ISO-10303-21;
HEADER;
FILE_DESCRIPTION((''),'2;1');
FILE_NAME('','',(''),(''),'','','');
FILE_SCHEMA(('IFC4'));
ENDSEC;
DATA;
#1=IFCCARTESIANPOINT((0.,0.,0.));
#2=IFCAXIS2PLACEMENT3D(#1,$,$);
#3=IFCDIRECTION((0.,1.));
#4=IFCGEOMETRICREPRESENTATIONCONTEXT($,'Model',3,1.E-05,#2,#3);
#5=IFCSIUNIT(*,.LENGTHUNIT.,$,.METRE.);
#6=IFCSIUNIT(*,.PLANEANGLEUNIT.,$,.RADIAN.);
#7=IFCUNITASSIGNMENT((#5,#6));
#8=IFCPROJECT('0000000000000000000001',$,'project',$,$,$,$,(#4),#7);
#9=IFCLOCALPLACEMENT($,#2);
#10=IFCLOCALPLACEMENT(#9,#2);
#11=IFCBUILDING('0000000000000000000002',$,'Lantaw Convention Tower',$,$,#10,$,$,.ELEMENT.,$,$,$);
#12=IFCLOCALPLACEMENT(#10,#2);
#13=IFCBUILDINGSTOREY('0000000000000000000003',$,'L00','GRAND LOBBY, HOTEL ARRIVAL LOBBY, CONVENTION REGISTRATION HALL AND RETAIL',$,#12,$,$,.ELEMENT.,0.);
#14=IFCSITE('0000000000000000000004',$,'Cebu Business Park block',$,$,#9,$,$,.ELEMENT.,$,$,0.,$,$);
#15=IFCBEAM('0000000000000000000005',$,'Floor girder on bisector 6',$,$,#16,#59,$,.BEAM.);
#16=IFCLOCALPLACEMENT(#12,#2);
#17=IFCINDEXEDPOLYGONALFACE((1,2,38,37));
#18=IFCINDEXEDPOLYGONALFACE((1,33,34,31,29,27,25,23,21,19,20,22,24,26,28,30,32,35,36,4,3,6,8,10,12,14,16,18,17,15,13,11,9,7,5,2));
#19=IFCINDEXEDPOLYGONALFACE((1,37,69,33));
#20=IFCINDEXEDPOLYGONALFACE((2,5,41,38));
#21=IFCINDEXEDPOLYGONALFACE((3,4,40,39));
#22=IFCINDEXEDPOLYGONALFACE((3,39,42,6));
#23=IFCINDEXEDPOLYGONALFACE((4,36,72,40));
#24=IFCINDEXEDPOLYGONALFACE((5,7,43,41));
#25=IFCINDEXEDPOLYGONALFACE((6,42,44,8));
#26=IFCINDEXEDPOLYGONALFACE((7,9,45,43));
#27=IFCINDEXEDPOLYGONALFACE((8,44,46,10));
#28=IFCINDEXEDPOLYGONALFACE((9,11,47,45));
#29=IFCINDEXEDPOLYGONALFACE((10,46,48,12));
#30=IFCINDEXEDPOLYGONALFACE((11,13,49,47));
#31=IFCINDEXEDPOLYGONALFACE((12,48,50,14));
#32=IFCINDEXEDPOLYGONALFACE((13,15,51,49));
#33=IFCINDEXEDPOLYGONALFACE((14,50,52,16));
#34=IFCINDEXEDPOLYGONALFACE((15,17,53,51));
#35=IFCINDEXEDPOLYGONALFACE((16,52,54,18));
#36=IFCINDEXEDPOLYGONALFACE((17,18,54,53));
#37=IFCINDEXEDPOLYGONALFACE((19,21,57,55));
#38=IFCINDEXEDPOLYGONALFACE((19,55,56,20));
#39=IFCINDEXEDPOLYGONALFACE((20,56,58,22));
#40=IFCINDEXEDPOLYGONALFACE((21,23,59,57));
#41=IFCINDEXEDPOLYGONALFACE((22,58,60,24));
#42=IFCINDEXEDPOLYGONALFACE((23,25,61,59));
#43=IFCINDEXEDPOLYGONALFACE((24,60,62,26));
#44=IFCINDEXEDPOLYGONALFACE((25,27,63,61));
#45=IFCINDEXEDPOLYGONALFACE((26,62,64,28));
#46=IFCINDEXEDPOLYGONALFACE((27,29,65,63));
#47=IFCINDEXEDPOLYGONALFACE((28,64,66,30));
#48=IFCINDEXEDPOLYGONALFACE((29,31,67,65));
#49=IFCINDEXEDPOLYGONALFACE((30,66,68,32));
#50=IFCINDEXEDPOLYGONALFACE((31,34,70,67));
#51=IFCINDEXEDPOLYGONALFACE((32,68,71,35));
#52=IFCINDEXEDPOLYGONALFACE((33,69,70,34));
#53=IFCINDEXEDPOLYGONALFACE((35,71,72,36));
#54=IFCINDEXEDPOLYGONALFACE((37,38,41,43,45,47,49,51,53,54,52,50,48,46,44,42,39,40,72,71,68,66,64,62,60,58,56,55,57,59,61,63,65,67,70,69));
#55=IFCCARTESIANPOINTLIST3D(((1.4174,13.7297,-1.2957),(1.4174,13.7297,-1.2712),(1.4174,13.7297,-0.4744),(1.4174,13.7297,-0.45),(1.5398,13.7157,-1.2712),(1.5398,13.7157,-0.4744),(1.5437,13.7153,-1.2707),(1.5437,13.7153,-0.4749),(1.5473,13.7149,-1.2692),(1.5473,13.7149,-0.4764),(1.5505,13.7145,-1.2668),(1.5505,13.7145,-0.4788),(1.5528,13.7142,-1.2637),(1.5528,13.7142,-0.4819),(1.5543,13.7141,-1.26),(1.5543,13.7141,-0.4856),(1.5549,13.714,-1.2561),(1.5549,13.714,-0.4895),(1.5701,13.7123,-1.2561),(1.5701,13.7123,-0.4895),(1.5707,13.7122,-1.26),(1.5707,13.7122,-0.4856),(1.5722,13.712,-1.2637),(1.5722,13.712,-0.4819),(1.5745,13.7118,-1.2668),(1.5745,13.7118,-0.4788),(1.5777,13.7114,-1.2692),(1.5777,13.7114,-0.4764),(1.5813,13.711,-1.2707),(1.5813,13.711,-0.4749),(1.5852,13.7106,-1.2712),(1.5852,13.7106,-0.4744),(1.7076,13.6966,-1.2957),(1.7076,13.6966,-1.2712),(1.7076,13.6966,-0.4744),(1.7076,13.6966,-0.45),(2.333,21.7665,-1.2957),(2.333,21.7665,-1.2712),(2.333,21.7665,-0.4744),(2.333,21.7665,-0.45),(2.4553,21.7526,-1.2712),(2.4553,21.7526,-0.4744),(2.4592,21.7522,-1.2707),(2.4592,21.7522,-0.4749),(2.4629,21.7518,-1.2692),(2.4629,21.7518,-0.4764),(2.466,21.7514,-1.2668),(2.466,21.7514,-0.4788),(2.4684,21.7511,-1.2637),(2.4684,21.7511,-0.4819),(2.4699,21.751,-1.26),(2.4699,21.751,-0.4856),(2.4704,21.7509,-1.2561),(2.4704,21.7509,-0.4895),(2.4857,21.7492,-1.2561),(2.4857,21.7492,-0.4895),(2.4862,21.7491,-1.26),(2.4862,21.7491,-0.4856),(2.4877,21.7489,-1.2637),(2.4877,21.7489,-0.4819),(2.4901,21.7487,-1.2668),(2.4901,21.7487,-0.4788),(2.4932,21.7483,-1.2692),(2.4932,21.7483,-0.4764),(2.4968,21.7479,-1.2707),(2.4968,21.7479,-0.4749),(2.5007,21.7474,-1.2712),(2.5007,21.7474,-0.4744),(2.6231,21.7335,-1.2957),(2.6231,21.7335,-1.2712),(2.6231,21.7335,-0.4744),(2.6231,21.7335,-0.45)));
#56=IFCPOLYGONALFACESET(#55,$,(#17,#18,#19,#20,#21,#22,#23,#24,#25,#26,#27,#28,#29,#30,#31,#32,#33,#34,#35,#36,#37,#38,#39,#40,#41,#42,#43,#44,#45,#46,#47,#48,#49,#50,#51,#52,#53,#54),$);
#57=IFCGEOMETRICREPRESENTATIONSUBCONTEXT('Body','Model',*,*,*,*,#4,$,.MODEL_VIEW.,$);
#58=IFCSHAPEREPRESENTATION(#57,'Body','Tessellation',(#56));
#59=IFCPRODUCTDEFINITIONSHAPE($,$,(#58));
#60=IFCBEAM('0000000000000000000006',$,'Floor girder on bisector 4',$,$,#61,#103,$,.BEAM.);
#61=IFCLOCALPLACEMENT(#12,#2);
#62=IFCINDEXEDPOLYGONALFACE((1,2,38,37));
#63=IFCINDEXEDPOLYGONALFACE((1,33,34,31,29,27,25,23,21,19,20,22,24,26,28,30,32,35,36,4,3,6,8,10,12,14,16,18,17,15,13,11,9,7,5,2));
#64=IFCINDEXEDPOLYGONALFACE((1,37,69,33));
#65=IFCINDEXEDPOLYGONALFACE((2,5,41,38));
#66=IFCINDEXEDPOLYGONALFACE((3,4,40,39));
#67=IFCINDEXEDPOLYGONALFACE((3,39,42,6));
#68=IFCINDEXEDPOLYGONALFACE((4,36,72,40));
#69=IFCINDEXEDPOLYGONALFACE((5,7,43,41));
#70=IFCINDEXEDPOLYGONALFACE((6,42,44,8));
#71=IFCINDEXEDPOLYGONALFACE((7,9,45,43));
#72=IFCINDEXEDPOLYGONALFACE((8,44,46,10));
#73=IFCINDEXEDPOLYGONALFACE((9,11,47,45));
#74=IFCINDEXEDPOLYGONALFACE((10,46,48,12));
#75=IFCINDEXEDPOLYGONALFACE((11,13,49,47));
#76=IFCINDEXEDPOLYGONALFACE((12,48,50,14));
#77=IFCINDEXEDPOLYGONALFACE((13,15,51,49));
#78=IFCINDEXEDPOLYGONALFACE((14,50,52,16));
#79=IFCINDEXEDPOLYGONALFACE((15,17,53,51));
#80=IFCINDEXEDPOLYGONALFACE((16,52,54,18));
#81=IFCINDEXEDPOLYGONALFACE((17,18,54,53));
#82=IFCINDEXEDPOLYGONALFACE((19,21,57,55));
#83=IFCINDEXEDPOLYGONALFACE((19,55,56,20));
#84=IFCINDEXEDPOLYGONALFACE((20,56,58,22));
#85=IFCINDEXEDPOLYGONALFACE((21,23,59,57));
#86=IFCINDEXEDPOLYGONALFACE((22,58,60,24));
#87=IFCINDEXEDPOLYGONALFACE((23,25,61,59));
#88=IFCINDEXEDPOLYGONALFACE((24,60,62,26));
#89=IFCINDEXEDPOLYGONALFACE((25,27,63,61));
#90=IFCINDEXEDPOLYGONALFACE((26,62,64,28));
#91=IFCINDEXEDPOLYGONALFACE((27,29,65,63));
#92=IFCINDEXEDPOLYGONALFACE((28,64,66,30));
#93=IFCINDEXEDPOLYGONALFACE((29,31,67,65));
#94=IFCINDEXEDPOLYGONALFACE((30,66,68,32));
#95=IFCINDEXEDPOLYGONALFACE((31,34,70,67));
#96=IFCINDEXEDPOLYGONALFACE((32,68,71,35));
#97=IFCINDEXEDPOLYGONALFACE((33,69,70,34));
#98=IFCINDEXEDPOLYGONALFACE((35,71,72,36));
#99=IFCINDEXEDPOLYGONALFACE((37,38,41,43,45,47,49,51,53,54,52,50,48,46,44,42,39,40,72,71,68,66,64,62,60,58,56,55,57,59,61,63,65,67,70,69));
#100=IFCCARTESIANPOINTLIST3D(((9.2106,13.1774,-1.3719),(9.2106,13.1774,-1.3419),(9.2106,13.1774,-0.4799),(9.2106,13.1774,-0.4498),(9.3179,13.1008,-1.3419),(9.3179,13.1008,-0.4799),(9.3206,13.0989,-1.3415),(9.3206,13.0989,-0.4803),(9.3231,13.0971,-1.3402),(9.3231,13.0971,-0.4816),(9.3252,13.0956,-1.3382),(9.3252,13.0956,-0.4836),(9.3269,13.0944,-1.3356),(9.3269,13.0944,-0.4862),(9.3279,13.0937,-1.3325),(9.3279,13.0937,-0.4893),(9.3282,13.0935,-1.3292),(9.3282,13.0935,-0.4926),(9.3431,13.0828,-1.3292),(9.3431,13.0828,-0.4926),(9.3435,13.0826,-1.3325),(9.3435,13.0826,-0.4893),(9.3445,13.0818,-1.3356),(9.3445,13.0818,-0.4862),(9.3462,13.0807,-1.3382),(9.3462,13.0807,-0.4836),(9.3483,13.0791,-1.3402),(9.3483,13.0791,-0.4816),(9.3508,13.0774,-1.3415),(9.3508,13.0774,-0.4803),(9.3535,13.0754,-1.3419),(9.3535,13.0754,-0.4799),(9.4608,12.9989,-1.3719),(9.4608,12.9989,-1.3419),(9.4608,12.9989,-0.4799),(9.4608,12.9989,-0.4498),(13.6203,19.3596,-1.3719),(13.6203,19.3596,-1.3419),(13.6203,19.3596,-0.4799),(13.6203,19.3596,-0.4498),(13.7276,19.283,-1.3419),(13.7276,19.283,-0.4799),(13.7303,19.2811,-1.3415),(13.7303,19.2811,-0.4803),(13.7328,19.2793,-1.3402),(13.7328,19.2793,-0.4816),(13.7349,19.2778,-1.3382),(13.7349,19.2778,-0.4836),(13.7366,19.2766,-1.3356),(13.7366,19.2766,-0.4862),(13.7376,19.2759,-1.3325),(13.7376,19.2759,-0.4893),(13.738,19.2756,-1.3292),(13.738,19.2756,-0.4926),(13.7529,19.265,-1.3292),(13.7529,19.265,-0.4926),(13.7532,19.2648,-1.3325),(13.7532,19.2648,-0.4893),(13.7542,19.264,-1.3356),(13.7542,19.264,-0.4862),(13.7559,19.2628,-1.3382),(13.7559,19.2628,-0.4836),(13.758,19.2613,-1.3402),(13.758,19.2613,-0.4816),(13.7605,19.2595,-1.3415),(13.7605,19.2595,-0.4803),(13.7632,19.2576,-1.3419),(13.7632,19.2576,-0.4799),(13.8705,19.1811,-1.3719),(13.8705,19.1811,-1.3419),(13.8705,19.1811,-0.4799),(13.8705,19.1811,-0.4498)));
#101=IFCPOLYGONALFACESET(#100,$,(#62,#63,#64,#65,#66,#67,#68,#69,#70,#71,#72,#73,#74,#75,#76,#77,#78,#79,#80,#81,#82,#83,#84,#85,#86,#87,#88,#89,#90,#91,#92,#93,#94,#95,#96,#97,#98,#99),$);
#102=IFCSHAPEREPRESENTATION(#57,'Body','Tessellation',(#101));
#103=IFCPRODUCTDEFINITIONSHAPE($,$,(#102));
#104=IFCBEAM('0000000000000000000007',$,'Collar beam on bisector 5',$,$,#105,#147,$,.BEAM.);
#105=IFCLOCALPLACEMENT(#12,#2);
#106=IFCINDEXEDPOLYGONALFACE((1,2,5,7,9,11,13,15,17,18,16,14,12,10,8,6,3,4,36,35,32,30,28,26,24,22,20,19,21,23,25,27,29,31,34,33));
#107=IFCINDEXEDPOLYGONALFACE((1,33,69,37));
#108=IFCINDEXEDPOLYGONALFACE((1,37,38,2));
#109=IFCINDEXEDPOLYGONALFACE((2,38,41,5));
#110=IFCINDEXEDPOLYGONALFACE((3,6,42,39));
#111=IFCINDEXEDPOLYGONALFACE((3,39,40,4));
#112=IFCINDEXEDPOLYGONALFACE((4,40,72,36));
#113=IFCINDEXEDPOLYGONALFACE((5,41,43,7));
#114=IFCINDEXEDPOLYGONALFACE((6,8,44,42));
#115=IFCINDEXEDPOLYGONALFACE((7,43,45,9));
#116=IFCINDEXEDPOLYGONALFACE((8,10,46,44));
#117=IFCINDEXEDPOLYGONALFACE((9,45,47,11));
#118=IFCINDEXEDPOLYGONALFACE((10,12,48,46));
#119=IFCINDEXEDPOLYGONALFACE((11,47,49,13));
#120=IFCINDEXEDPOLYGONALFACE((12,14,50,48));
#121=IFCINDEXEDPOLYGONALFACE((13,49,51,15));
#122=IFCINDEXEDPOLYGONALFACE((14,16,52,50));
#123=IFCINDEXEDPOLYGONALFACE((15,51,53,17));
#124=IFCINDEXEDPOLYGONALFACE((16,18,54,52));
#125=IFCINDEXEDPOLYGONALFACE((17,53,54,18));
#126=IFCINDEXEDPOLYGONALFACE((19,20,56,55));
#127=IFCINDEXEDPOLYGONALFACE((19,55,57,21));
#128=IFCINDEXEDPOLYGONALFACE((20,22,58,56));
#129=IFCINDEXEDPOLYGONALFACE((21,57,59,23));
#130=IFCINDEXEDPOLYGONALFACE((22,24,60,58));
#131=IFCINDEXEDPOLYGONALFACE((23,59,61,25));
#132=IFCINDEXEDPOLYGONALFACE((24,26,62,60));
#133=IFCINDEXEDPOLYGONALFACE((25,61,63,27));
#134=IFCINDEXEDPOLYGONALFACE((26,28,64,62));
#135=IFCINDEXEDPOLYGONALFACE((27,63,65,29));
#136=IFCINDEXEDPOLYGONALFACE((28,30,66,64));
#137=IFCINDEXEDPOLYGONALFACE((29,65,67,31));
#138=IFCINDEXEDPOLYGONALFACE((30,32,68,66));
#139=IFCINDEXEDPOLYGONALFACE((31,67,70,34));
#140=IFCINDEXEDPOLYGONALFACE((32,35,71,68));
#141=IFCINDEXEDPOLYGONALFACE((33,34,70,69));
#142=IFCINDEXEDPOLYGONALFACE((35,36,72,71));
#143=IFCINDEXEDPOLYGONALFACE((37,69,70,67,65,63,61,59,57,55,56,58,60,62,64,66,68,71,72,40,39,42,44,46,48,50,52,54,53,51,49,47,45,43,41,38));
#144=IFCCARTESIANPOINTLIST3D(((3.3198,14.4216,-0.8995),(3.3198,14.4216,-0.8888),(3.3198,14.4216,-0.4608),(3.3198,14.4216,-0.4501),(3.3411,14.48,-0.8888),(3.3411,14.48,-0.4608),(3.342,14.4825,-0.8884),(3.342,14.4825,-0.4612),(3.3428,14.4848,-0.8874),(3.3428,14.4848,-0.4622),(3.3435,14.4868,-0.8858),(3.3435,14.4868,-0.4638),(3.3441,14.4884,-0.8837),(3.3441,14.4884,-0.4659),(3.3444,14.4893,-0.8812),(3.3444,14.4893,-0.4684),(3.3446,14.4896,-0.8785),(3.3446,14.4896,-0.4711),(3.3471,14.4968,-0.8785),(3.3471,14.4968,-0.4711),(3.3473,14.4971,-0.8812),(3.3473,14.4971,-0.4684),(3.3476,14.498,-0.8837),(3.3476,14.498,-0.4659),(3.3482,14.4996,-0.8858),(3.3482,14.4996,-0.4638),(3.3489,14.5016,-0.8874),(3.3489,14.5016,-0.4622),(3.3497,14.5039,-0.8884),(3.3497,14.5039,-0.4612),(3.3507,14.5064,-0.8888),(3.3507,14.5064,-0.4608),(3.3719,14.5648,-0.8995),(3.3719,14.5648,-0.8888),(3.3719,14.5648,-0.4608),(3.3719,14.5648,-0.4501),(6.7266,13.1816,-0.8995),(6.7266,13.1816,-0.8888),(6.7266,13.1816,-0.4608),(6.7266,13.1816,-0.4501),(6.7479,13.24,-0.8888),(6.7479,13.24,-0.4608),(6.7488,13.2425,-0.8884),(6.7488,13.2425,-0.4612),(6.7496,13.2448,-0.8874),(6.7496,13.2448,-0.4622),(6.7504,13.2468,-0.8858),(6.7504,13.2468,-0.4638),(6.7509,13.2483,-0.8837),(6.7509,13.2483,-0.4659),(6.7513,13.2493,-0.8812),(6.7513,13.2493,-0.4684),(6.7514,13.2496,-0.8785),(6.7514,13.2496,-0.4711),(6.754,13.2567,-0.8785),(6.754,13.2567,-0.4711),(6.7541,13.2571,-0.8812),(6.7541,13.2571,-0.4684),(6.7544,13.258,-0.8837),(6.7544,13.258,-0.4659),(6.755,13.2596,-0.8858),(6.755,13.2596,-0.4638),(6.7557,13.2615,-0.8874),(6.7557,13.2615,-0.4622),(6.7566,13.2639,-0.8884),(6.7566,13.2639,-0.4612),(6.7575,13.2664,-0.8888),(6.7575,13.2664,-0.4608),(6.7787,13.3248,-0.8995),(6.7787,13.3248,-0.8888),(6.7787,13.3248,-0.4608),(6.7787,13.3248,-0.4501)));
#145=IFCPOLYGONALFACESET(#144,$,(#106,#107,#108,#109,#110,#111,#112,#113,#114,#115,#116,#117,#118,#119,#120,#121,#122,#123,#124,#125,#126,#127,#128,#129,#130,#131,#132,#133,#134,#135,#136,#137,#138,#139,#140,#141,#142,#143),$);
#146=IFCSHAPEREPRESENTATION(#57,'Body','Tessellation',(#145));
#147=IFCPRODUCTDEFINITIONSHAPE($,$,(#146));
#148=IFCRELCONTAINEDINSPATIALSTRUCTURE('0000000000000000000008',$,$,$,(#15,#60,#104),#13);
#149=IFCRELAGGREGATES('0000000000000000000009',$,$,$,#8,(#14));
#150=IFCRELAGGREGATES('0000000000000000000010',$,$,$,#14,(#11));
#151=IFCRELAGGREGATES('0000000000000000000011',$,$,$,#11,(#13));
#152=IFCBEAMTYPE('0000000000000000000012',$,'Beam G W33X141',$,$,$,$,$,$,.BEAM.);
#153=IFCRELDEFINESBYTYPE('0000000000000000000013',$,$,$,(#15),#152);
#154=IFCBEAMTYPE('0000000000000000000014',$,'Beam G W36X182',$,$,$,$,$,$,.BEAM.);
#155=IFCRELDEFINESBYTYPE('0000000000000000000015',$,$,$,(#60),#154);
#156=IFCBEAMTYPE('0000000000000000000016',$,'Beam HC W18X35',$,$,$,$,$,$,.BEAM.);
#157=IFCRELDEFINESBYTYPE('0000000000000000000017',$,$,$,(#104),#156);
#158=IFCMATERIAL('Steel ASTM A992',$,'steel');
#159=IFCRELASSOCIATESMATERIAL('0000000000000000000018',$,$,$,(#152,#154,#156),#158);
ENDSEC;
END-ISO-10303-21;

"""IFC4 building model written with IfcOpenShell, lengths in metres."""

from ifc_helpers import new_model, si_unit, direction, frame, origin, origin_2d, place, context, subcontext, project, spatial, i_section, extrude, material, material_profile, profile_set, type_object, element, save


model = new_model("IFC4")

# Units and contexts
model_context = context("Model", 3, precision=1e-05, world=origin(), true_north=direction((0.0, 1.0)))
body_context = subcontext(model_context, "Body", "Model", "MODEL_VIEW")
ifc_project = project(units=[si_unit("LENGTHUNIT", "METRE"), si_unit("PLANEANGLEUNIT", "RADIAN")], contexts=[model_context])

# Site, building, storey
site_placement = place(None, origin())
site = spatial("IfcSite", under=ifc_project, at=site_placement, Name="Cebu Business Park block", CompositionType="ELEMENT", RefElevation=0.0)
building_placement = place(site_placement, origin())
building = spatial("IfcBuilding", under=site, at=building_placement, Name="Lantaw Convention Tower", CompositionType="ELEMENT")
storey_placement = place(building_placement, origin())
storey = spatial("IfcBuildingStorey", under=building, at=storey_placement, Name="L00", Description="GRAND LOBBY, HOTEL ARRIVAL LOBBY, CONVENTION REGISTRATION HALL AND RETAIL", CompositionType="ELEMENT", Elevation=0.0)

# Beams
ifc_material_1 = material(Name="Steel ASTM A992", Category="steel")
ifc_material_profile_1 = material_profile(ifc_material_1, i_section(OverallWidth=0.292, OverallDepth=0.8457, WebThickness=0.0154, FlangeThickness=0.0244, FilletRadius=0.0151, at=origin_2d()), Name="W33X141")
ifc_profile_set_1 = profile_set([ifc_material_profile_1], Name="Steel ASTM A992")
beam_type_1 = type_object("IfcBeamType", Name="Beam G W33X141", PredefinedType="BEAM", material=ifc_profile_set_1)
beam_1_placement = place(storey_placement, frame((1.5625, 13.7131, -0.8728), z_axis=(0.113184, 0.993574, 0.0), x_axis=(-0.993574, 0.113184, 0.0)))
element("IfcBeam", 1, at=beam_1_placement, inside=storey, type_object=beam_type_1, Name="Floor girder on bisector 6", PredefinedType="BEAM", context=body_context, shape_type="SweptSolid", body=[
    extrude(i_section(OverallWidth=0.292, OverallDepth=0.8457, WebThickness=0.0154, FlangeThickness=0.0244, FilletRadius=0.0151, at=origin_2d()), origin(), (0.0, 0.0, 1.0), 8.0889),
])
ifc_material_profile_2 = material_profile(ifc_material_1, i_section(OverallWidth=0.3074, OverallDepth=0.9221, WebThickness=0.0183, FlangeThickness=0.03, FilletRadius=0.0127, at=origin_2d()), Name="W36X182")
ifc_profile_set_2 = profile_set([ifc_material_profile_2], Name="Steel ASTM A992")
beam_type_2 = type_object("IfcBeamType", Name="Beam G W36X182", PredefinedType="BEAM", material=ifc_profile_set_2)
beam_2_placement = place(storey_placement, frame((9.3357, 13.0881, -0.9109), z_axis=(0.580703, 0.814116, 0.0), x_axis=(-0.814116, 0.580703, 0.0)))
element("IfcBeam", 2, at=beam_2_placement, inside=storey, type_object=beam_type_2, Name="Floor girder on bisector 4", PredefinedType="BEAM", context=body_context, shape_type="SweptSolid", body=[
    extrude(i_section(OverallWidth=0.3074, OverallDepth=0.9221, WebThickness=0.0183, FlangeThickness=0.03, FilletRadius=0.0127, at=origin_2d()), origin(), (0.0, 0.0, 1.0), 7.5938),
])
ifc_material_profile_3 = material_profile(ifc_material_1, i_section(OverallWidth=0.1523, OverallDepth=0.4495, WebThickness=0.0076, FlangeThickness=0.0107, FilletRadius=0.0103, at=origin_2d()), Name="W18X35")
ifc_profile_set_3 = profile_set([ifc_material_profile_3], Name="Steel ASTM A992")
beam_type_3 = type_object("IfcBeamType", Name="Beam HC W18X35", PredefinedType="BEAM", material=ifc_profile_set_3)
beam_3_placement = place(storey_placement, frame((6.7527, 13.2532, -0.6748), z_axis=(-0.939689, 0.34203, 0.0), x_axis=(-0.34203, -0.939689, 0.0)))
element("IfcBeam", 3, at=beam_3_placement, inside=storey, type_object=beam_type_3, Name="Collar beam on bisector 5", PredefinedType="BEAM", context=body_context, shape_type="SweptSolid", body=[
    extrude(i_section(OverallWidth=0.1523, OverallDepth=0.4495, WebThickness=0.0076, FlangeThickness=0.0107, FilletRadius=0.0103, at=origin_2d()), origin(), (0.0, 0.0, 1.0), 3.6255),
])

save(model, "model.ifc")
